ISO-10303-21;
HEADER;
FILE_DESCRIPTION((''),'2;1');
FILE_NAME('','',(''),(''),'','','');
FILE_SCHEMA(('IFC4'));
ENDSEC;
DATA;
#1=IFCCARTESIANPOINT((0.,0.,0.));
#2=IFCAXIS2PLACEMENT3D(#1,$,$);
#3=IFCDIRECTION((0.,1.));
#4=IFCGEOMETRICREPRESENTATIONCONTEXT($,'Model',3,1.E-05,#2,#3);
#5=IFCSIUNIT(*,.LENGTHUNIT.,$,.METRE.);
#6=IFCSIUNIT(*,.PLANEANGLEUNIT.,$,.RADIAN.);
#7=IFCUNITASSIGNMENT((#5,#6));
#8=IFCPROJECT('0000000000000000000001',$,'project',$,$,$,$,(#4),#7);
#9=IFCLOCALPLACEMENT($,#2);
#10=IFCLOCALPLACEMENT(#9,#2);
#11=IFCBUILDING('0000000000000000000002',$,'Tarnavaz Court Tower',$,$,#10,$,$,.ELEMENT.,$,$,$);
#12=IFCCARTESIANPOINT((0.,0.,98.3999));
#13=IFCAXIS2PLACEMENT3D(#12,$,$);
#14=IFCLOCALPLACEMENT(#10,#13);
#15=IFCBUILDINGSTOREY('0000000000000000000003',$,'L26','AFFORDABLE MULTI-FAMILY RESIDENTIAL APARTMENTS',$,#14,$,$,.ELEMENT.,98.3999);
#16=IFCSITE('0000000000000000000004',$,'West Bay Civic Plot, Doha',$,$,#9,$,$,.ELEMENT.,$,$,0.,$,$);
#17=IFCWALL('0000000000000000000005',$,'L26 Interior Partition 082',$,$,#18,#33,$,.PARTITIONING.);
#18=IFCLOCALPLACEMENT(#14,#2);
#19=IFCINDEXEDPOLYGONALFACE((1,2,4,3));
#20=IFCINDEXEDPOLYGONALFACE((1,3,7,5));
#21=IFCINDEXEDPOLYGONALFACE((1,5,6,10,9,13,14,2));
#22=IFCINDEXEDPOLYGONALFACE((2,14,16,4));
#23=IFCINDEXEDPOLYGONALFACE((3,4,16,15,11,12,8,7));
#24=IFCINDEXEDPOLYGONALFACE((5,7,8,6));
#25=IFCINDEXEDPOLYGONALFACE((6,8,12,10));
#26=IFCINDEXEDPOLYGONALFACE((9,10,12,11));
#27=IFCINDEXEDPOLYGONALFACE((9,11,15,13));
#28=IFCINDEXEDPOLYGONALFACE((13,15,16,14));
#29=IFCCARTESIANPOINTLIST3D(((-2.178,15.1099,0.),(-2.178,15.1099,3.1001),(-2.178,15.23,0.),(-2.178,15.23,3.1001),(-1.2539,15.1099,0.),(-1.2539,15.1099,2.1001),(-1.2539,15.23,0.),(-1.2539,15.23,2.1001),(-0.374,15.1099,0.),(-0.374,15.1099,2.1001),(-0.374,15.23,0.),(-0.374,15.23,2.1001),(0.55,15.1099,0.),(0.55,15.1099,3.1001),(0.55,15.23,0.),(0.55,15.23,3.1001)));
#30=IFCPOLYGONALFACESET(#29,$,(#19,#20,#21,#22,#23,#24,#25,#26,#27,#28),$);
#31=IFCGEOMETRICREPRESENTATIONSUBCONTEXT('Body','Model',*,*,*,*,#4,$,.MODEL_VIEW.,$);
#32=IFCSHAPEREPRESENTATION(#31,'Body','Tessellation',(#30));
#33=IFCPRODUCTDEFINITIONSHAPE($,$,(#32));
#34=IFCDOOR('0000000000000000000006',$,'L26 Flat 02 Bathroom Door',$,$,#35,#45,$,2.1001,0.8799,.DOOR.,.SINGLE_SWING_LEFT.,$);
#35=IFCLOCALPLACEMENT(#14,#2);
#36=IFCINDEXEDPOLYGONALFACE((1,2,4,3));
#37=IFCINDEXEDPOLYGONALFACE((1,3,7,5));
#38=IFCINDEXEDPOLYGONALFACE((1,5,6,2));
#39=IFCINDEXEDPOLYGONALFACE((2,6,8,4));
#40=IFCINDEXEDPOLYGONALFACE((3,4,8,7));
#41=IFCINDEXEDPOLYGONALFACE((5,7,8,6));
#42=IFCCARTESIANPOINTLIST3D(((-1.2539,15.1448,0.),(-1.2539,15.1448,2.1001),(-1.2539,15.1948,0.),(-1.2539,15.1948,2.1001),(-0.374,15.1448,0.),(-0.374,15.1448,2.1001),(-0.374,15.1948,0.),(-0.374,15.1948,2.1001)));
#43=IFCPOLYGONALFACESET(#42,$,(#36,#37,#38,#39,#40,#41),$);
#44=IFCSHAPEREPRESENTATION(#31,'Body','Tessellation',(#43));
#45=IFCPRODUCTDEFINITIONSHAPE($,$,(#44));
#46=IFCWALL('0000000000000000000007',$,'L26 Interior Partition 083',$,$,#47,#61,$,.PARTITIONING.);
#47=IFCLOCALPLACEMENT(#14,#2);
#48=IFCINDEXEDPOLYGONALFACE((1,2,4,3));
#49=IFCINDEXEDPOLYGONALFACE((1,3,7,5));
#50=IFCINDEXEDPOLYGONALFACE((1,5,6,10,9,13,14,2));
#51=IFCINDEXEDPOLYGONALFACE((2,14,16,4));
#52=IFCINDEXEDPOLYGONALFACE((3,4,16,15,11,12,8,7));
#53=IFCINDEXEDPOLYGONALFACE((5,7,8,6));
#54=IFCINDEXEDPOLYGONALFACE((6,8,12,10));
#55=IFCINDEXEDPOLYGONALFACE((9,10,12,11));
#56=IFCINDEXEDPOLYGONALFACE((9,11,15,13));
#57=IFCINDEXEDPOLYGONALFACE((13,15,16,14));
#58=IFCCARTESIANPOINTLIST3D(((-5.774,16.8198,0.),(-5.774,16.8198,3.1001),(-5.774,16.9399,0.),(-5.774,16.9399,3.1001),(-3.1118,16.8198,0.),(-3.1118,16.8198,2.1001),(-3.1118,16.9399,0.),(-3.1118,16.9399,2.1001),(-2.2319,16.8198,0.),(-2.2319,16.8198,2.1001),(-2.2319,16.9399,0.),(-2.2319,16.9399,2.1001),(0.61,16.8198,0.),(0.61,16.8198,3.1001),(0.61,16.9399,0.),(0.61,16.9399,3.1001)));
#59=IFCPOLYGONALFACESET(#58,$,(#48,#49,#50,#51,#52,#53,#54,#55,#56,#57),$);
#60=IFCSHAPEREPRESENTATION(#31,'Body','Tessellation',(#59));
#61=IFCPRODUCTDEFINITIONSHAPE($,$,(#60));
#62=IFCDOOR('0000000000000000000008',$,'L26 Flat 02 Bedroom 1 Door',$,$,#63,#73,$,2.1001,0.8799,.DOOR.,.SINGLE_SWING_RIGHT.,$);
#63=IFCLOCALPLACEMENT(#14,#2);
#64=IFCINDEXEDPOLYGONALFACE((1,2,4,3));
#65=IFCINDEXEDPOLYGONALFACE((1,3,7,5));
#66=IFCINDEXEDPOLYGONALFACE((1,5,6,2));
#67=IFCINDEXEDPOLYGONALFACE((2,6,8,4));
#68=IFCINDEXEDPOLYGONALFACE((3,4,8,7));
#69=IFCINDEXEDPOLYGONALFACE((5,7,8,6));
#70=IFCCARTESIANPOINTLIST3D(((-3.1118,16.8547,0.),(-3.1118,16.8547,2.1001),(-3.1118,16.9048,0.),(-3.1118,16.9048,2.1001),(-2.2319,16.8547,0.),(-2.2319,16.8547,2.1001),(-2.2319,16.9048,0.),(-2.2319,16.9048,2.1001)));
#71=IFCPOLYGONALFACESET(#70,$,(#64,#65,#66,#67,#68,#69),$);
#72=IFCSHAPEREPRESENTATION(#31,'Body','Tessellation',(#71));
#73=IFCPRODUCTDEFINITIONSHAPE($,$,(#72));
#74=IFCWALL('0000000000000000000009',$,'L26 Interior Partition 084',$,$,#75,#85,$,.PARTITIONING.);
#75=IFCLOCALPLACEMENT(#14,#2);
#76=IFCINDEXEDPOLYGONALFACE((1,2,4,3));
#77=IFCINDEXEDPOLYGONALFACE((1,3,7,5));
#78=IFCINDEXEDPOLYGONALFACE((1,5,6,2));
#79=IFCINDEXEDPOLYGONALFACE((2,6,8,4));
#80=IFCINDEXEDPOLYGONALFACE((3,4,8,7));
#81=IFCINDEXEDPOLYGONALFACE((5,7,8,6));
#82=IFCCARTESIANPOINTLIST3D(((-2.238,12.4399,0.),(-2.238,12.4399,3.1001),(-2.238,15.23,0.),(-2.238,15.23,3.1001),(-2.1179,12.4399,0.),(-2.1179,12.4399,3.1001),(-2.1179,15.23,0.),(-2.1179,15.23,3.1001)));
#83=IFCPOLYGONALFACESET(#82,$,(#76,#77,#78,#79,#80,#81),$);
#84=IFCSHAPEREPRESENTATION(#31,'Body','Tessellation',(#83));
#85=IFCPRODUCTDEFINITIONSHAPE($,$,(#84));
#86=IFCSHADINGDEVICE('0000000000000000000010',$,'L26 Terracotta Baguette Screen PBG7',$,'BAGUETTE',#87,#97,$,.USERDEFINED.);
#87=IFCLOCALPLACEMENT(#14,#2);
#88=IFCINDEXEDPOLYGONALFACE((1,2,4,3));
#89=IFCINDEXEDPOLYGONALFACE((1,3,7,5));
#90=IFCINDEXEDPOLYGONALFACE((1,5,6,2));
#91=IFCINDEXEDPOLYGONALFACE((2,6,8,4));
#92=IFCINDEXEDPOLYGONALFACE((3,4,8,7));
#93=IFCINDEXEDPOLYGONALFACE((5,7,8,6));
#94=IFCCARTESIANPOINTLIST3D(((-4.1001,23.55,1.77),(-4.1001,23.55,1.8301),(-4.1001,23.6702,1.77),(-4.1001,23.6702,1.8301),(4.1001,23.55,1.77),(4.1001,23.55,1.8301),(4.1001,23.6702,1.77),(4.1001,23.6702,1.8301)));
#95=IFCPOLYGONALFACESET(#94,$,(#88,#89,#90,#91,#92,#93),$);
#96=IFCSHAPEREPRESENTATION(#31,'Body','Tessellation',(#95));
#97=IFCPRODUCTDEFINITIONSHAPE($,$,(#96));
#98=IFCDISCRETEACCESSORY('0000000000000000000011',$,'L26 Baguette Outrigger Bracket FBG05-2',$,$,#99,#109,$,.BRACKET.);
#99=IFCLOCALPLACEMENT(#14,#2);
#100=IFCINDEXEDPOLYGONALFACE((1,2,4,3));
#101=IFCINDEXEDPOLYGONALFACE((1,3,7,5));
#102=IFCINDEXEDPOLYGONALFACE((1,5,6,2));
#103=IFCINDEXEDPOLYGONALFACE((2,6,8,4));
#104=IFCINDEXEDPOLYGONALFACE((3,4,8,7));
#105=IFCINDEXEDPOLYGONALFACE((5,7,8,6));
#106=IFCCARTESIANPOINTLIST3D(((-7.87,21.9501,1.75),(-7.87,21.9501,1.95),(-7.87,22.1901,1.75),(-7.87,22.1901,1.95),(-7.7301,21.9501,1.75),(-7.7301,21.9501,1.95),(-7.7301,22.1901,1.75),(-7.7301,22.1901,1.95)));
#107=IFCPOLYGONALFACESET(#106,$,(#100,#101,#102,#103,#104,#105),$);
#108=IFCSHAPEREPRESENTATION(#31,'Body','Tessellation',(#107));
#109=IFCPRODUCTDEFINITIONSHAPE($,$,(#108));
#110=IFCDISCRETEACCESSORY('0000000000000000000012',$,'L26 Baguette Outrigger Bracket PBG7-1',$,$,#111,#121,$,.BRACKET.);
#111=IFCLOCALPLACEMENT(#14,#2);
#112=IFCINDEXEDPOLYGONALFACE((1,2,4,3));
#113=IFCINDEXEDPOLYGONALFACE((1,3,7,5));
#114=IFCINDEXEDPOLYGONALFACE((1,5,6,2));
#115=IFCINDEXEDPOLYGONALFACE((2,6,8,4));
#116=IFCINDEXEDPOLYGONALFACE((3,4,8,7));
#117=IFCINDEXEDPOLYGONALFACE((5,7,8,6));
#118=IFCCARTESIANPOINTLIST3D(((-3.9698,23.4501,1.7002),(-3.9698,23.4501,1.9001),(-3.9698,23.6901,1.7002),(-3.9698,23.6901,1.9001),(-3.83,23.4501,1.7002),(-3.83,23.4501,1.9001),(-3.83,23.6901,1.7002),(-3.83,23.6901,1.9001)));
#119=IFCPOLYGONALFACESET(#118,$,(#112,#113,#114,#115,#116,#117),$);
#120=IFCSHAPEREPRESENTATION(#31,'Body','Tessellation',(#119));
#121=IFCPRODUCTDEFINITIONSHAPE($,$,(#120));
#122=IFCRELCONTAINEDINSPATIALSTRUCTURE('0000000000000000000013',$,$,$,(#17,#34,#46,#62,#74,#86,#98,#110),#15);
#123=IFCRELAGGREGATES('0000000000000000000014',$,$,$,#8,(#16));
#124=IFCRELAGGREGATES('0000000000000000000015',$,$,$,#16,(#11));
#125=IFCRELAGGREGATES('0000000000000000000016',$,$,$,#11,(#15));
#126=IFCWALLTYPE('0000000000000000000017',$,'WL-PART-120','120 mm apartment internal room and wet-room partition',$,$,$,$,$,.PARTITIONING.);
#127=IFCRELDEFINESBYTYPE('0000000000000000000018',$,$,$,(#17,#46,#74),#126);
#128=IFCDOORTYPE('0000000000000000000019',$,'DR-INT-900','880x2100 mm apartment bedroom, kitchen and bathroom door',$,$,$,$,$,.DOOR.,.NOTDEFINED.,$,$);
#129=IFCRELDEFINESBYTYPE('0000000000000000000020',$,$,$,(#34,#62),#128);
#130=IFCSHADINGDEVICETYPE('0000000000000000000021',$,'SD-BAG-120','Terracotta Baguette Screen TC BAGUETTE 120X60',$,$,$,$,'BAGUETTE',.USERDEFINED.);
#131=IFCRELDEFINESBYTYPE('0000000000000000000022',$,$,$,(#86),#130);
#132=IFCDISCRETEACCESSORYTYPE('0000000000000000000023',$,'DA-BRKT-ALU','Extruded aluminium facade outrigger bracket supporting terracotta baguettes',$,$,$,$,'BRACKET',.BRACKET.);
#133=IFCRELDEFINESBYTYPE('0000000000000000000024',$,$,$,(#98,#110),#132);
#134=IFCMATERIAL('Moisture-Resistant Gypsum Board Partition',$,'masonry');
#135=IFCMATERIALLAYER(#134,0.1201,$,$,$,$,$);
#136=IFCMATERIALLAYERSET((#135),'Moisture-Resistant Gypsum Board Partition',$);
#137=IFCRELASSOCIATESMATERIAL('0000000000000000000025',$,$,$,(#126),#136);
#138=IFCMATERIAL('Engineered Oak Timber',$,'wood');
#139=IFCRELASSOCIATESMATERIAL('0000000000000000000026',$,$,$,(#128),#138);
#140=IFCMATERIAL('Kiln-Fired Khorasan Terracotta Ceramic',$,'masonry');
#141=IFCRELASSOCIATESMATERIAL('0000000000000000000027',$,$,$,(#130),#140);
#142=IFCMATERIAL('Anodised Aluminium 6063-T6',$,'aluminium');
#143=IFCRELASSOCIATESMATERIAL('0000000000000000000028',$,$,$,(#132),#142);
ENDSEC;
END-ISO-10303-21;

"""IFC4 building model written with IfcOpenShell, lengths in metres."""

from ifc_helpers import new_model, si_unit, direction, frame, frame_2d, origin, origin_2d, place, context, subcontext, project, spatial, rectangle, extrude, material, layer, layer_set, material_profile, profile_set, type_object, element, fill, save


model = new_model("IFC4")

# Units and contexts
model_context = context("Model", 3, precision=1e-05, world=origin(), true_north=direction((0.0, 1.0)))
body_context = subcontext(model_context, "Body", "Model", "MODEL_VIEW")
ifc_project = project(units=[si_unit("LENGTHUNIT", "METRE"), si_unit("PLANEANGLEUNIT", "RADIAN")], contexts=[model_context])

# Site, building, storey
site_placement = place(None, origin())
site = spatial("IfcSite", under=ifc_project, at=site_placement, Name="West Bay Civic Plot, Doha", CompositionType="ELEMENT", RefElevation=0.0)
building_placement = place(site_placement, origin())
building = spatial("IfcBuilding", under=site, at=building_placement, Name="Tarnavaz Court Tower", CompositionType="ELEMENT")
storey_placement = place(building_placement, frame((0.0, 0.0, 98.3999)))
storey = spatial("IfcBuildingStorey", under=building, at=storey_placement, Name="L26", Description="AFFORDABLE MULTI-FAMILY RESIDENTIAL APARTMENTS", CompositionType="ELEMENT", Elevation=98.3999)

# Shared definitions
ifc_material_1 = material(Name="Anodised Aluminium 6063-T6", Category="aluminium")

# Walls, openings, doors
ifc_material_2 = material(Name="Moisture-Resistant Gypsum Board Partition", Category="masonry")
ifc_layer_1 = layer(ifc_material_2, 0.1201)
ifc_layer_set_1 = layer_set([ifc_layer_1], Name="Moisture-Resistant Gypsum Board Partition")
wall_type_1 = type_object("IfcWallType", Name="WL-PART-120", Description="120 mm apartment internal room and wet-room partition", PredefinedType="PARTITIONING", material=ifc_layer_set_1)
ifc_material_3 = material(Name="Engineered Oak Timber", Category="wood")
door_type = type_object("IfcDoorType", Name="DR-INT-900", Description="880x2100 mm apartment bedroom, kitchen and bathroom door", OperationType="NOTDEFINED", PredefinedType="DOOR", material=ifc_material_3)
wall_1_placement = place(storey_placement, frame((-2.178, 15.1699, 0.0), z_axis=(0.0, 0.0, 1.0), x_axis=(1.0, 0.0, 0.0)))
wall_1 = element("IfcWall", 1, at=wall_1_placement, inside=storey, type_object=wall_type_1, Name="L26 Interior Partition 082", PredefinedType="PARTITIONING", context=body_context, shape_type="SweptSolid", body=[
    extrude(rectangle(XDim=2.728, YDim=0.1201, at=frame_2d((1.364, 0.0))), origin(), (0.0, 0.0, 1.0), 3.1001),
])
opening_1_placement = place(wall_1_placement, frame((0.9241, 0.0, 0.0)))
opening_1 = element("IfcOpeningElement", 2, at=opening_1_placement, cuts=wall_1, PredefinedType="OPENING", context=body_context, shape_type="SweptSolid", body=[
    extrude(rectangle(XDim=0.8799, YDim=2.1001, at=frame_2d((0.4399, 1.05))), frame((0.0, 0.0701, 0.0), z_axis=(0.0, -1.0, 0.0), x_axis=(1.0, 0.0, 0.0)), (0.0, 0.0, 1.0), 0.1401),
])
door_1_placement = place(opening_1_placement, origin())
door_1 = element("IfcDoor", 3, at=door_1_placement, inside=storey, type_object=door_type, Name="L26 Flat 02 Bathroom Door", OperationType="SINGLE_SWING_LEFT", OverallHeight=2.1001, OverallWidth=0.8799, PredefinedType="DOOR", context=body_context, shape_type="SweptSolid", body=[
    extrude(rectangle(XDim=0.8799, YDim=2.1001, at=frame_2d((0.4399, 1.05))), frame((0.0, 0.0249, 0.0), z_axis=(0.0, -1.0, 0.0), x_axis=(1.0, 0.0, 0.0)), (0.0, 0.0, 1.0), 0.05),
])
fill(opening_1, door_1)
wall_2_placement = place(storey_placement, frame((-5.7739, 16.8799, 0.0), z_axis=(0.0, 0.0, 1.0), x_axis=(1.0, 0.0, 0.0)))
wall_2 = element("IfcWall", 4, at=wall_2_placement, inside=storey, type_object=wall_type_1, Name="L26 Interior Partition 083", PredefinedType="PARTITIONING", context=body_context, shape_type="SweptSolid", body=[
    extrude(rectangle(XDim=6.384, YDim=0.1201, at=frame_2d((3.1919, 0.0))), origin(), (0.0, 0.0, 1.0), 3.1001),
])
opening_2_placement = place(wall_2_placement, frame((2.6621, 0.0, 0.0)))
opening_2 = element("IfcOpeningElement", 5, at=opening_2_placement, cuts=wall_2, PredefinedType="OPENING", context=body_context, shape_type="SweptSolid", body=[
    extrude(rectangle(XDim=0.8799, YDim=2.1001, at=frame_2d((0.4399, 1.05))), frame((0.0, 0.0701, 0.0), z_axis=(0.0, -1.0, 0.0), x_axis=(1.0, 0.0, 0.0)), (0.0, 0.0, 1.0), 0.1401),
])
door_2_placement = place(opening_2_placement, origin())
door_2 = element("IfcDoor", 6, at=door_2_placement, inside=storey, type_object=door_type, Name="L26 Flat 02 Bedroom 1 Door", OperationType="SINGLE_SWING_RIGHT", OverallHeight=2.1001, OverallWidth=0.8799, PredefinedType="DOOR", context=body_context, shape_type="SweptSolid", body=[
    extrude(rectangle(XDim=0.8799, YDim=2.1001, at=frame_2d((0.4399, 1.05))), frame((0.0, 0.0249, 0.0), z_axis=(0.0, -1.0, 0.0), x_axis=(1.0, 0.0, 0.0)), (0.0, 0.0, 1.0), 0.05),
])
fill(opening_2, door_2)

# Wall
wall_3_placement = place(storey_placement, frame((-2.178, 12.4399, 0.0), z_axis=(0.0, 0.0, 1.0), x_axis=(0.0, 1.0, 0.0)))
element("IfcWall", 7, at=wall_3_placement, inside=storey, type_object=wall_type_1, Name="L26 Interior Partition 084", PredefinedType="PARTITIONING", context=body_context, shape_type="SweptSolid", body=[
    extrude(rectangle(XDim=2.79, YDim=0.1201, at=frame_2d((1.395, 0.0))), origin(), (0.0, 0.0, 1.0), 3.1001),
])

# Shading device
ifc_material_4 = material(Name="Kiln-Fired Khorasan Terracotta Ceramic", Category="masonry")
ifc_material_profile_1 = material_profile(ifc_material_4, rectangle(XDim=0.1201, YDim=0.0601, at=origin_2d()), Name="TC BAGUETTE 120X60")
ifc_profile_set_1 = profile_set([ifc_material_profile_1], Name="Kiln-Fired Khorasan Terracotta Ceramic")
shading_device_type = type_object("IfcShadingDeviceType", Name="SD-BAG-120", Description="Terracotta Baguette Screen TC BAGUETTE 120X60", ElementType="BAGUETTE", PredefinedType="USERDEFINED", material=ifc_profile_set_1)
shading_device_placement = place(storey_placement, frame((-4.1001, 23.6101, 1.8), z_axis=(1.0, 0.0, 0.0), x_axis=(0.0, 1.0, 0.0)))
element("IfcShadingDevice", 8, at=shading_device_placement, inside=storey, type_object=shading_device_type, Name="L26 Terracotta Baguette Screen PBG7", ObjectType="BAGUETTE", PredefinedType="USERDEFINED", context=body_context, shape_type="SweptSolid", body=[
    extrude(rectangle(XDim=0.1201, YDim=0.0601, at=origin_2d()), origin(), (0.0, 0.0, 1.0), 8.2002),
])

# Discrete accessories
discrete_accessory_type = type_object("IfcDiscreteAccessoryType", Name="DA-BRKT-ALU", Description="Extruded aluminium facade outrigger bracket supporting terracotta baguettes", ElementType="BRACKET", PredefinedType="BRACKET", material=ifc_material_1)
for number, where, z_axis, x_axis, name in (
    (9, (-7.8, 22.0701, 1.75), (0.0, 0.0, 1.0), (1.0, 0.0, 0.0), "L26 Baguette Outrigger Bracket FBG05-2"),
    (10, (-3.8999, 23.5701, 1.7002), (0.0, 0.0, 1.0), (1.0, 0.0, 0.0), "L26 Baguette Outrigger Bracket PBG7-1"),
):
    element("IfcDiscreteAccessory", number, at=place(storey_placement, frame(where, z_axis=z_axis, x_axis=x_axis)), inside=storey, type_object=discrete_accessory_type, Name=name, PredefinedType="BRACKET", context=body_context, shape_type="SweptSolid", body=[
        extrude(rectangle(XDim=0.1399, YDim=0.24, at=origin_2d()), origin(), (0.0, 0.0, 1.0), 0.2),
    ])

save(model, "model.ifc")
